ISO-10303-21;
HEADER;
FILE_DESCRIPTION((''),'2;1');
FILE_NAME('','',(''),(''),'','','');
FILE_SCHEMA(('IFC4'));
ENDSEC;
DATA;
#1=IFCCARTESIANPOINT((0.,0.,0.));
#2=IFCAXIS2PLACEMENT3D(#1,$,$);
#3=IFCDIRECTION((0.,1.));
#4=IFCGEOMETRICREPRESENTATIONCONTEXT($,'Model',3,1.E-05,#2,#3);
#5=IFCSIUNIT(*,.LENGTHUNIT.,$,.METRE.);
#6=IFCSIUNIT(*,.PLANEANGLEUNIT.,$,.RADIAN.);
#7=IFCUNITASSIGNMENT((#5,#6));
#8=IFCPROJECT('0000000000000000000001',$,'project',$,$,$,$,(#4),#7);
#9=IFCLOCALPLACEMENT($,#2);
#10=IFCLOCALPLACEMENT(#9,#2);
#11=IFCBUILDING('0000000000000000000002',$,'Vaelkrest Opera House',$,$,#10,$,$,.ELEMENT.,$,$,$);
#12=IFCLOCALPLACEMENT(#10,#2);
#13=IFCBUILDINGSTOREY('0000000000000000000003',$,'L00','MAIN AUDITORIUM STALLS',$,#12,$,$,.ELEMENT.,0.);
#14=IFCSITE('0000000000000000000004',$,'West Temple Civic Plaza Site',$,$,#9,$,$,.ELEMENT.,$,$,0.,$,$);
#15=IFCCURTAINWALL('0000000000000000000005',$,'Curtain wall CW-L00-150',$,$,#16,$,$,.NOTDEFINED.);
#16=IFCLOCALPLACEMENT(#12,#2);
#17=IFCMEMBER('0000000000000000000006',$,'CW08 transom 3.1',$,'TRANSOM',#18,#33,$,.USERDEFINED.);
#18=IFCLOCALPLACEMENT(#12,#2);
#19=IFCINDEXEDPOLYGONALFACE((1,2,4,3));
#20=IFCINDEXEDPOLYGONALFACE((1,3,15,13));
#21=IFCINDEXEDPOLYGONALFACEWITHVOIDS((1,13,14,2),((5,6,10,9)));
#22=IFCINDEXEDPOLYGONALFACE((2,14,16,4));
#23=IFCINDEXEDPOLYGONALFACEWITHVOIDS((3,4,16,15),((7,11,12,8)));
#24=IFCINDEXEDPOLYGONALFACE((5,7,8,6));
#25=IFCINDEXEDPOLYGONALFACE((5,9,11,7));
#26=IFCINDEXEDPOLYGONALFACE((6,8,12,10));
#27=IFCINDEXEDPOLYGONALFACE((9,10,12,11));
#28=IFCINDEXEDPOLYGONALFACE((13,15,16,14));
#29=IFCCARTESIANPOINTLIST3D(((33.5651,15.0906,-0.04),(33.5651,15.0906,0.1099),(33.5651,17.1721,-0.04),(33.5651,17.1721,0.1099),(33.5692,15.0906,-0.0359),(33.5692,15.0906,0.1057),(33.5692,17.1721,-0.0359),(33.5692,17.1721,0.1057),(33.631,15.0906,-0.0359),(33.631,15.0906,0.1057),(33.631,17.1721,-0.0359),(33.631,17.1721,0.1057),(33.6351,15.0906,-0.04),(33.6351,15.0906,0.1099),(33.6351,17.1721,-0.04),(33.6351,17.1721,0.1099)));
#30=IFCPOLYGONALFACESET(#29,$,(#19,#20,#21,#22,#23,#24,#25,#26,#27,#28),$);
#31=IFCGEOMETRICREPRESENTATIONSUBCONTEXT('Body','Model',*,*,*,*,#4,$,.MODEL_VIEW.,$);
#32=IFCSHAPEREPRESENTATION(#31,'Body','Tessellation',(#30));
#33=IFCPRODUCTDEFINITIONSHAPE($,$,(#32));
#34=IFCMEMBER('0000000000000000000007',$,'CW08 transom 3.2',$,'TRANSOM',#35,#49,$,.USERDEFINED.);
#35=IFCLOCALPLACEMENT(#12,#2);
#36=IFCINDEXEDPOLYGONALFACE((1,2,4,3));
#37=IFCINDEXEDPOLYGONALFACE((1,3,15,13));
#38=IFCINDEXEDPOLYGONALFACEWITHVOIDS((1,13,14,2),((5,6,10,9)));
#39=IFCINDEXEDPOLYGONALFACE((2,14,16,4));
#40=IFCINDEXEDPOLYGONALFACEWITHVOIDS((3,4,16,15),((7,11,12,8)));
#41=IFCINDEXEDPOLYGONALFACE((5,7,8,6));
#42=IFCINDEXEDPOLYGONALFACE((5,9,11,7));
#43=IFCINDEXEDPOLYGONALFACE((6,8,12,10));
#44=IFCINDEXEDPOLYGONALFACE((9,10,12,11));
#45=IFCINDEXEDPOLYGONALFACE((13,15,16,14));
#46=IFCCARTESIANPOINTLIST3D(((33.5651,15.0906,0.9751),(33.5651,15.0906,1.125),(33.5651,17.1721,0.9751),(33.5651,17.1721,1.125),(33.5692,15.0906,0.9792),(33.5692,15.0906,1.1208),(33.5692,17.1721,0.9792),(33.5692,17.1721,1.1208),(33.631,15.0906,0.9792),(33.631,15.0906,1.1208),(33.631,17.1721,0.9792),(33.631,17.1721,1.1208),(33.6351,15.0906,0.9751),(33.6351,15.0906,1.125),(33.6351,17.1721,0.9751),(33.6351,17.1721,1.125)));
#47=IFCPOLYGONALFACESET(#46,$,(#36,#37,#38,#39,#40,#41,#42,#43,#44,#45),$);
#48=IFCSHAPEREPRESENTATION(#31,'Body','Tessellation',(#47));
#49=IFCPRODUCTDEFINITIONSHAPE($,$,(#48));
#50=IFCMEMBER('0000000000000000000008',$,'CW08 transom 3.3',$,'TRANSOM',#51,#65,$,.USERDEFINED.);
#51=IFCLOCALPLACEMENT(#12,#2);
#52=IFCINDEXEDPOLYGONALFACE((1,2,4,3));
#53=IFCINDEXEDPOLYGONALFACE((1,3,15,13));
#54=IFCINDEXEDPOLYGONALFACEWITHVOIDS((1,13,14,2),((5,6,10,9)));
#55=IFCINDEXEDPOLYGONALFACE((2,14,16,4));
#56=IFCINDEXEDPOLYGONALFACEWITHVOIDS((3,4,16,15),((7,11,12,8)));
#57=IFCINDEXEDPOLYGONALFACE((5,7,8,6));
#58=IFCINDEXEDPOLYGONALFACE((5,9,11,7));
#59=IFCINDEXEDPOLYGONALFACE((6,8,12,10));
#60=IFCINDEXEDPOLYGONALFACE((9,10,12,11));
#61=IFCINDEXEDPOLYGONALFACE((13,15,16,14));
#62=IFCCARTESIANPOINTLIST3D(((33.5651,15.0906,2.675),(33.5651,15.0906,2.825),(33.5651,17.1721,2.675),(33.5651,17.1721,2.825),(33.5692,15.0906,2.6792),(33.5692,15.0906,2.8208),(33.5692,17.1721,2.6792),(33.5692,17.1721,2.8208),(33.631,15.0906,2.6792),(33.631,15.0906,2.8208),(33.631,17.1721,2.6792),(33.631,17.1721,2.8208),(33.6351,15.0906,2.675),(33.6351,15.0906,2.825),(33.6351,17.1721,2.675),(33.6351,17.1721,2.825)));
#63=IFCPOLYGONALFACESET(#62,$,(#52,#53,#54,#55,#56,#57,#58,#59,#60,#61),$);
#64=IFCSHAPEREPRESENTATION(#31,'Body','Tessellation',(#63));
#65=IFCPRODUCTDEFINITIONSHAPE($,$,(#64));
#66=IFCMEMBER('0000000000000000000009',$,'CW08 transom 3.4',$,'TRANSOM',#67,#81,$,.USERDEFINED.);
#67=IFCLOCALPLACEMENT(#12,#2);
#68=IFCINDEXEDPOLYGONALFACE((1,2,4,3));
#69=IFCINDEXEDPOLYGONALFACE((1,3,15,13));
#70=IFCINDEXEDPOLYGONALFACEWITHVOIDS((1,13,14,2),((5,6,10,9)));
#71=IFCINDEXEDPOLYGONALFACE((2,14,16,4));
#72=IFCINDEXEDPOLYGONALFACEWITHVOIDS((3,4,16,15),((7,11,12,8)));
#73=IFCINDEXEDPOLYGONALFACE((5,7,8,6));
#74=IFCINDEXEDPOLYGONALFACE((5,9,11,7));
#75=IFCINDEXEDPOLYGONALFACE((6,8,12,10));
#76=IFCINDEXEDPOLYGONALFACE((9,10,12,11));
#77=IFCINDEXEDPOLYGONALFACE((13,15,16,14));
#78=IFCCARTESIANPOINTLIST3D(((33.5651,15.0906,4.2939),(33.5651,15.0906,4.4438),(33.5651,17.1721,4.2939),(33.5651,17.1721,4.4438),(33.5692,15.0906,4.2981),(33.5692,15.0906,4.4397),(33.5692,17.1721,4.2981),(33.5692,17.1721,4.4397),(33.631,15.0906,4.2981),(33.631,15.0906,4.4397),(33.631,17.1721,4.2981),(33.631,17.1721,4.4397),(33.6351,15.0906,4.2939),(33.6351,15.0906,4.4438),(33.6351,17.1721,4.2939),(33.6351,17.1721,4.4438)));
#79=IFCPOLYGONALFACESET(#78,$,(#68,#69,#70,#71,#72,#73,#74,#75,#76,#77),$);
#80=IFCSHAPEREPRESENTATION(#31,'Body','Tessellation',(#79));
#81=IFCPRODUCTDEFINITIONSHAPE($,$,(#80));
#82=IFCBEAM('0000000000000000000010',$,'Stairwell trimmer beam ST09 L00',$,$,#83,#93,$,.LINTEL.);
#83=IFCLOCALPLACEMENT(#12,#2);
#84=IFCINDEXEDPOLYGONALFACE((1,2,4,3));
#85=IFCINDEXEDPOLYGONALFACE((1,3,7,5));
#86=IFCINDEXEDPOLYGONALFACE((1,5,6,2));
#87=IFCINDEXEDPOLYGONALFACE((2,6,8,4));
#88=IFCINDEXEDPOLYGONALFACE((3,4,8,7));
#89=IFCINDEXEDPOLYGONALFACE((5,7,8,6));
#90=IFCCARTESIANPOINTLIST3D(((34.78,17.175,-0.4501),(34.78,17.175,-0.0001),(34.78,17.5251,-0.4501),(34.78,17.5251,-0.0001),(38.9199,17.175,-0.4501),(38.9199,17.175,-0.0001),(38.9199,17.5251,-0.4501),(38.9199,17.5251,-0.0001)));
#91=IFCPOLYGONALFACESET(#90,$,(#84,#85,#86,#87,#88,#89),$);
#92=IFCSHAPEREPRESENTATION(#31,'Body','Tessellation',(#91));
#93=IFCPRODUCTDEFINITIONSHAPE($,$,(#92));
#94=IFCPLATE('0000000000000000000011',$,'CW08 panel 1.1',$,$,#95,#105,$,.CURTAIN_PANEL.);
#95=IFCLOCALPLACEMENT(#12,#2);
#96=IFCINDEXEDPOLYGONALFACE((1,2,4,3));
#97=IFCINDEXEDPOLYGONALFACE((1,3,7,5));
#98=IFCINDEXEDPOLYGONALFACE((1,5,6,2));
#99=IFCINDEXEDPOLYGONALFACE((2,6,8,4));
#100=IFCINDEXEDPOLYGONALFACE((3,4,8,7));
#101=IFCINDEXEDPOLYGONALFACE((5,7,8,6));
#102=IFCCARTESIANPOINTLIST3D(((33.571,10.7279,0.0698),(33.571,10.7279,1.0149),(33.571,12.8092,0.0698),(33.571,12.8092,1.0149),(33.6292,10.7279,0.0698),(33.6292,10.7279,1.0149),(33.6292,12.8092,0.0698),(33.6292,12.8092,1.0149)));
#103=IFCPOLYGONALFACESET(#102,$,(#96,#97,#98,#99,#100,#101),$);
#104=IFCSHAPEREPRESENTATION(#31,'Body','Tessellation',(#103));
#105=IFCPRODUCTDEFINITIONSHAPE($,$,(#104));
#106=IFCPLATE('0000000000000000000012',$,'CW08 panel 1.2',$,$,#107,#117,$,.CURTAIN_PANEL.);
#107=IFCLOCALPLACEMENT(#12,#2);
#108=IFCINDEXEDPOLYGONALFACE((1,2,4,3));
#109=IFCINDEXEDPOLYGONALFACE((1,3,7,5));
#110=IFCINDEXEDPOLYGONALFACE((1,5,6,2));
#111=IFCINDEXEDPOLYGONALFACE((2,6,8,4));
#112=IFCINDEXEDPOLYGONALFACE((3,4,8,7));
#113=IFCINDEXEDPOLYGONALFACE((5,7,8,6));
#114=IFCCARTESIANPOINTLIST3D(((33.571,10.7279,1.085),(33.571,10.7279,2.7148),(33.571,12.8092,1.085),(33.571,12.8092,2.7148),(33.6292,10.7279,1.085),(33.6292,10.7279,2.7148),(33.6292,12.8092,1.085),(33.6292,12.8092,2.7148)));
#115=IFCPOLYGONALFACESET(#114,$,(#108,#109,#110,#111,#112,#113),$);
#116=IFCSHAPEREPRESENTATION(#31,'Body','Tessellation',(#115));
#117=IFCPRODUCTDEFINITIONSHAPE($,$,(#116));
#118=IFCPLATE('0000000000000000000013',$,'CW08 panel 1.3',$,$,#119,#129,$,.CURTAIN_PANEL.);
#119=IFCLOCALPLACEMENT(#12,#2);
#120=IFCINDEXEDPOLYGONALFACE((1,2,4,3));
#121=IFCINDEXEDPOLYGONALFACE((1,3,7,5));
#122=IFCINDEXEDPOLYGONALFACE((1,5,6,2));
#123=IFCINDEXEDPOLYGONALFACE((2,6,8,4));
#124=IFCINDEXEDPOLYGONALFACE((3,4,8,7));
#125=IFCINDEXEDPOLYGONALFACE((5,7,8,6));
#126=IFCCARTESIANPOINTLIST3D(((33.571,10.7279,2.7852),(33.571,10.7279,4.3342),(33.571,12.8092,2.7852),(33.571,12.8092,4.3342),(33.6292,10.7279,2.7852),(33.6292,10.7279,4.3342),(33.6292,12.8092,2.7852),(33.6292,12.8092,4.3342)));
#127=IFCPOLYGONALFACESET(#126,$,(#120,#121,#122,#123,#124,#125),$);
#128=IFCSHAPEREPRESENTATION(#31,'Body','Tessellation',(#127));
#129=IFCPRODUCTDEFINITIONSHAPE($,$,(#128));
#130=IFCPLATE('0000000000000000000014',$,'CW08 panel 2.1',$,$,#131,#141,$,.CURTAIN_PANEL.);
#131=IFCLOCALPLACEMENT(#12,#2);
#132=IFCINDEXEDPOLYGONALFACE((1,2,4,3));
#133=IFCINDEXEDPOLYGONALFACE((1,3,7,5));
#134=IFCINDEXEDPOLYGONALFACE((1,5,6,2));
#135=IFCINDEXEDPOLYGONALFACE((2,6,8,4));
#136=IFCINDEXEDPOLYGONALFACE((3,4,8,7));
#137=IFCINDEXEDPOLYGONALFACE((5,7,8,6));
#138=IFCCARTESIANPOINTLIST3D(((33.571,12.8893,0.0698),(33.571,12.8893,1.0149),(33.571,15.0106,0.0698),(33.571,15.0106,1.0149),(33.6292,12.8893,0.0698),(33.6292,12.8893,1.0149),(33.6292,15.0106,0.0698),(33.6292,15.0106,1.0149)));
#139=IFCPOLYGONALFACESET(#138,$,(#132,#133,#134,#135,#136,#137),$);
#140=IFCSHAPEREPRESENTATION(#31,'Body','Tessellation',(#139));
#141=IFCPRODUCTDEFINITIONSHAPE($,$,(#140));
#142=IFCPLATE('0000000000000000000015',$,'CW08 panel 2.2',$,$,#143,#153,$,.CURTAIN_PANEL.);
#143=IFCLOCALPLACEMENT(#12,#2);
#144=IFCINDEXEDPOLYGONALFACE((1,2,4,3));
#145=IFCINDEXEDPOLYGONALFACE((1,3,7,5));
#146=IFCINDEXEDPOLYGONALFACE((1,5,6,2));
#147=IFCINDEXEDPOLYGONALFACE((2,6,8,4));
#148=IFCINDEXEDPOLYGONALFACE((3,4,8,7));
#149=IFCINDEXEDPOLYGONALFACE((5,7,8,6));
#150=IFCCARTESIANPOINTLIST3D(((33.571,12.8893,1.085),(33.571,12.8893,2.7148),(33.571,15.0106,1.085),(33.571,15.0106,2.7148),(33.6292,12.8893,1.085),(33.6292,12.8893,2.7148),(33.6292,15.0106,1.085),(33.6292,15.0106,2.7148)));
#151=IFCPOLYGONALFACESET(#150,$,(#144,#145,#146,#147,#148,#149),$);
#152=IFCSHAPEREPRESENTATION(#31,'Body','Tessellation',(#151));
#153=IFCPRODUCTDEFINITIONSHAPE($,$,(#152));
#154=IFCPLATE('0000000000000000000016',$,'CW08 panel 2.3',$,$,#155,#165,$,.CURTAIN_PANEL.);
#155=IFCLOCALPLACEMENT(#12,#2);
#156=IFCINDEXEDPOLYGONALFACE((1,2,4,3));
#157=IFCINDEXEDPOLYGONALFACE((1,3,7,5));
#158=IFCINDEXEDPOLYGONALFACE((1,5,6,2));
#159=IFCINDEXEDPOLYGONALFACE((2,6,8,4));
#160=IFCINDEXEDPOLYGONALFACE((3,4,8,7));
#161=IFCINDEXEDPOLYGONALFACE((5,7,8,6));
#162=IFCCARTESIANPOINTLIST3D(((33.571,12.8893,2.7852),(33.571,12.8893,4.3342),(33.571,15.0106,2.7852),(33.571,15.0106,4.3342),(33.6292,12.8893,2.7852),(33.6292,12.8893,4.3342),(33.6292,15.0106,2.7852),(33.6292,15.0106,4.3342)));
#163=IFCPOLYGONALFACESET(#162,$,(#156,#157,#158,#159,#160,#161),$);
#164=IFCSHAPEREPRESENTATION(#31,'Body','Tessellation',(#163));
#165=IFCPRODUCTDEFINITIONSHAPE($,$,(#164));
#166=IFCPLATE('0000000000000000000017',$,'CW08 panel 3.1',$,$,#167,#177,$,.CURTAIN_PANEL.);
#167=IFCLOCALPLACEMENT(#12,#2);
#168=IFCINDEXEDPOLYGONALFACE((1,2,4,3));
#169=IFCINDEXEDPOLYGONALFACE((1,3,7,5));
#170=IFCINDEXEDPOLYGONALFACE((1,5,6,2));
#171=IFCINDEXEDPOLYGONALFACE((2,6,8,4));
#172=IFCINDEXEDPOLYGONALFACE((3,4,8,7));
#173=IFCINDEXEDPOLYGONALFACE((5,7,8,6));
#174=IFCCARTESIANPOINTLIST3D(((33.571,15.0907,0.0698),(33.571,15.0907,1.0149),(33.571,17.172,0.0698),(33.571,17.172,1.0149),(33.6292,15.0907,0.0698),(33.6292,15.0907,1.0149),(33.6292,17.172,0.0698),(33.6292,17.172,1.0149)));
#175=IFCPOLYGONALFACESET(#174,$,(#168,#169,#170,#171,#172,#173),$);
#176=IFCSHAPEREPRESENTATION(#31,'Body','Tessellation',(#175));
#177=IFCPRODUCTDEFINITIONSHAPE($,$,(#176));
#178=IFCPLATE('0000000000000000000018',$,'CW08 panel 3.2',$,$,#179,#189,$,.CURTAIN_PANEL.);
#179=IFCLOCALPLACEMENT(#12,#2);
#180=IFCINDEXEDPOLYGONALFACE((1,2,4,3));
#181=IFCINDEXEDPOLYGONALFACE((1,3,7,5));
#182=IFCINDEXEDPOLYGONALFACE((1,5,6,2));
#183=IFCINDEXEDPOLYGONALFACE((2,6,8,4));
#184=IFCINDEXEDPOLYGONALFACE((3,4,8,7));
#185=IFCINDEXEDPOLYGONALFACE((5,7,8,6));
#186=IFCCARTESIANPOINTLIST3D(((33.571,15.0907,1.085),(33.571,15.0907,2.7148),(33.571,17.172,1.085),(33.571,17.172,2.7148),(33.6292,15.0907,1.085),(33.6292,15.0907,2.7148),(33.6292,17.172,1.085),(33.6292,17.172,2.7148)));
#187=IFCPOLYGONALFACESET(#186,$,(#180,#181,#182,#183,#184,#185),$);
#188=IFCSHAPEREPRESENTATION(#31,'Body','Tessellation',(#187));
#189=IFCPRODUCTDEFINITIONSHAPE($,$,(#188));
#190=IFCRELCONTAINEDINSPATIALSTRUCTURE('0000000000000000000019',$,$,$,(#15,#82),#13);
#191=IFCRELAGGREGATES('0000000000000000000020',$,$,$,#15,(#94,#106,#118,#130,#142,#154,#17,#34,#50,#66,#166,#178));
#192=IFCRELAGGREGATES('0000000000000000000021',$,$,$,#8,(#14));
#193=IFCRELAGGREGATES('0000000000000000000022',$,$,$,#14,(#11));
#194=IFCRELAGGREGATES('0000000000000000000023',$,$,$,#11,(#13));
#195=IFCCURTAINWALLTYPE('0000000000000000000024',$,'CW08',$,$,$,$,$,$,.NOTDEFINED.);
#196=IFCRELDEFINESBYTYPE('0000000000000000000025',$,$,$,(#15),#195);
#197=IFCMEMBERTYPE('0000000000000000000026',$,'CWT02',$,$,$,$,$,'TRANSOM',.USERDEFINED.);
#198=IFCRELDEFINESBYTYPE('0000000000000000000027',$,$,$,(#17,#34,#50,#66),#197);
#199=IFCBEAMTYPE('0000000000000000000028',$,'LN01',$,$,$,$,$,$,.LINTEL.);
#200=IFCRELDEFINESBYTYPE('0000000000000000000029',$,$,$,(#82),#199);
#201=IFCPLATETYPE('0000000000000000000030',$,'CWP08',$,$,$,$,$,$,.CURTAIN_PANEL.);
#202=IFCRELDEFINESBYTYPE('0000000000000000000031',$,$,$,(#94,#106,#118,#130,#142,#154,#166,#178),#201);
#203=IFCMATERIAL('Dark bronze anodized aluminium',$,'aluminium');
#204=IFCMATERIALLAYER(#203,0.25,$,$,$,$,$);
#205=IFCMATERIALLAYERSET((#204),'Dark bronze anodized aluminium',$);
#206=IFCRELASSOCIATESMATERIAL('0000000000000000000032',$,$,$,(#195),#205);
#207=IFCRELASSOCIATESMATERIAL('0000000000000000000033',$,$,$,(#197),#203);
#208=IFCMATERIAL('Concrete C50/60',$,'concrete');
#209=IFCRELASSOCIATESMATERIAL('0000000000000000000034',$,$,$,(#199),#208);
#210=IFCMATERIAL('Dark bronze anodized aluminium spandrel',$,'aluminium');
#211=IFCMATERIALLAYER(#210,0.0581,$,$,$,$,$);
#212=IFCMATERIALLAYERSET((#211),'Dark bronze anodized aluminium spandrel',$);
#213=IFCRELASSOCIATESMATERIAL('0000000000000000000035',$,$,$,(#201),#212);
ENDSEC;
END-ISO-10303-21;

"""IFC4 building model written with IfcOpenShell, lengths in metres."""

from ifc_helpers import new_model, si_unit, direction, frame, origin, origin_2d, place, context, subcontext, project, spatial, rectangle, hollow_rectangle, extrude, material, layer, layer_set, material_profile, profile_set, type_object, element, aggregate, save


model = new_model("IFC4")

# Units and contexts
model_context = context("Model", 3, precision=1e-05, world=origin(), true_north=direction((0.0, 1.0)))
body_context = subcontext(model_context, "Body", "Model", "MODEL_VIEW")
ifc_project = project(units=[si_unit("LENGTHUNIT", "METRE"), si_unit("PLANEANGLEUNIT", "RADIAN")], contexts=[model_context])

# Site, building, storey
site_placement = place(None, origin())
site = spatial("IfcSite", under=ifc_project, at=site_placement, Name="West Temple Civic Plaza Site", CompositionType="ELEMENT", RefElevation=0.0)
building_placement = place(site_placement, origin())
building = spatial("IfcBuilding", under=site, at=building_placement, Name="Vaelkrest Opera House", CompositionType="ELEMENT")
storey_placement = place(building_placement, origin())
storey = spatial("IfcBuildingStorey", under=building, at=storey_placement, Name="L00", Description="MAIN AUDITORIUM STALLS", CompositionType="ELEMENT", Elevation=0.0)

# Shared definitions
ifc_material_1 = material(Name="Concrete C50/60", Category="concrete")

# Curtain wall, members
ifc_material_2 = material(Name="Dark bronze anodized aluminium", Category="aluminium")
ifc_layer_1 = layer(ifc_material_2, 0.25)
ifc_layer_set_1 = layer_set([ifc_layer_1], Name="Dark bronze anodized aluminium")
curtain_wall_type = type_object("IfcCurtainWallType", Name="CW08", PredefinedType="NOTDEFINED", material=ifc_layer_set_1)
curtain_wall_placement = place(storey_placement, origin())
curtain_wall = element("IfcCurtainWall", 1, at=curtain_wall_placement, inside=storey, type_object=curtain_wall_type, Name="Curtain wall CW-L00-150", PredefinedType="NOTDEFINED")
ifc_material_profile_1 = material_profile(ifc_material_2, hollow_rectangle(XDim=0.0701, YDim=0.1499, WallThickness=0.0042, at=origin_2d()), Name="CWT70X150")
ifc_profile_set_1 = profile_set([ifc_material_profile_1], Name="Dark bronze anodized aluminium")
member_type_1 = type_object("IfcMemberType", Name="CWT02", ElementType="TRANSOM", PredefinedType="USERDEFINED", material=ifc_profile_set_1)
member_1_placement = place(storey_placement, frame((33.6001, 15.0906, 0.0349), z_axis=(0.0, 1.0, 0.0), x_axis=(-1.0, 0.0, 0.0)))
member_1 = element("IfcMember", 2, at=member_1_placement, type_object=member_type_1, Name="CW08 transom 3.1", ObjectType="TRANSOM", PredefinedType="USERDEFINED", context=body_context, shape_type="SweptSolid", body=[
    extrude(hollow_rectangle(XDim=0.0701, YDim=0.1499, WallThickness=0.0042, at=origin_2d()), origin(), (0.0, 0.0, 1.0), 2.0815),
])
member_2_placement = place(storey_placement, frame((33.6001, 15.0906, 1.05), z_axis=(0.0, 1.0, 0.0), x_axis=(-1.0, 0.0, 0.0)))
member_2 = element("IfcMember", 3, at=member_2_placement, type_object=member_type_1, Name="CW08 transom 3.2", ObjectType="TRANSOM", PredefinedType="USERDEFINED", context=body_context, shape_type="SweptSolid", body=[
    extrude(hollow_rectangle(XDim=0.0701, YDim=0.1499, WallThickness=0.0042, at=origin_2d()), origin(), (0.0, 0.0, 1.0), 2.0815),
])
member_3_placement = place(storey_placement, frame((33.6001, 15.0906, 2.75), z_axis=(0.0, 1.0, 0.0), x_axis=(-1.0, 0.0, 0.0)))
member_3 = element("IfcMember", 4, at=member_3_placement, type_object=member_type_1, Name="CW08 transom 3.3", ObjectType="TRANSOM", PredefinedType="USERDEFINED", context=body_context, shape_type="SweptSolid", body=[
    extrude(hollow_rectangle(XDim=0.0701, YDim=0.1499, WallThickness=0.0042, at=origin_2d()), origin(), (0.0, 0.0, 1.0), 2.0815),
])
member_4_placement = place(storey_placement, frame((33.6001, 15.0906, 4.3689), z_axis=(0.0, 1.0, 0.0), x_axis=(-1.0, 0.0, 0.0)))
member_4 = element("IfcMember", 5, at=member_4_placement, type_object=member_type_1, Name="CW08 transom 3.4", ObjectType="TRANSOM", PredefinedType="USERDEFINED", context=body_context, shape_type="SweptSolid", body=[
    extrude(hollow_rectangle(XDim=0.0701, YDim=0.1499, WallThickness=0.0042, at=origin_2d()), origin(), (0.0, 0.0, 1.0), 2.0815),
])

# Beam
ifc_material_profile_2 = material_profile(ifc_material_1, rectangle(XDim=0.3501, YDim=0.45, at=origin_2d()), Name="RCB350X450")
ifc_profile_set_2 = profile_set([ifc_material_profile_2], Name="Concrete C50/60")
beam_type_1 = type_object("IfcBeamType", Name="LN01", PredefinedType="LINTEL", material=ifc_profile_set_2)
beam_1_placement = place(storey_placement, frame((34.78, 17.3501, -0.2251), z_axis=(1.0, 0.0, 0.0), x_axis=(0.0, 1.0, 0.0)))
element("IfcBeam", 6, at=beam_1_placement, inside=storey, type_object=beam_type_1, Name="Stairwell trimmer beam ST09 L00", PredefinedType="LINTEL", context=body_context, shape_type="SweptSolid", body=[
    extrude(rectangle(XDim=0.3501, YDim=0.45, at=origin_2d()), origin(), (0.0, 0.0, 1.0), 4.1399),
])

# Plates
ifc_material_3 = material(Name="Dark bronze anodized aluminium spandrel", Category="aluminium")
ifc_layer_2 = layer(ifc_material_3, 0.0581)
ifc_layer_set_2 = layer_set([ifc_layer_2], Name="Dark bronze anodized aluminium spandrel")
plate_type = type_object("IfcPlateType", Name="CWP08", PredefinedType="CURTAIN_PANEL", material=ifc_layer_set_2)
plate_1_placement = place(storey_placement, frame((33.6001, 11.7686, 0.0698), z_axis=(0.0, 0.0, 1.0), x_axis=(0.0, 1.0, 0.0)))
plate_1 = element("IfcPlate", 7, at=plate_1_placement, type_object=plate_type, Name="CW08 panel 1.1", PredefinedType="CURTAIN_PANEL", context=body_context, shape_type="SweptSolid", body=[
    extrude(rectangle(XDim=2.0813, YDim=0.0581, at=origin_2d()), origin(), (0.0, 0.0, 1.0), 0.9451),
])
plate_2_placement = place(storey_placement, frame((33.6001, 11.7686, 1.085), z_axis=(0.0, 0.0, 1.0), x_axis=(0.0, 1.0, 0.0)))
plate_2 = element("IfcPlate", 8, at=plate_2_placement, type_object=plate_type, Name="CW08 panel 1.2", PredefinedType="CURTAIN_PANEL", context=body_context, shape_type="SweptSolid", body=[
    extrude(rectangle(XDim=2.0813, YDim=0.0581, at=origin_2d()), origin(), (0.0, 0.0, 1.0), 1.6299),
])
plate_3_placement = place(storey_placement, frame((33.6001, 11.7686, 2.7852), z_axis=(0.0, 0.0, 1.0), x_axis=(0.0, 1.0, 0.0)))
plate_3 = element("IfcPlate", 9, at=plate_3_placement, type_object=plate_type, Name="CW08 panel 1.3", PredefinedType="CURTAIN_PANEL", context=body_context, shape_type="SweptSolid", body=[
    extrude(rectangle(XDim=2.0813, YDim=0.0581, at=origin_2d()), origin(), (0.0, 0.0, 1.0), 1.5491),
])
plate_4_placement = place(storey_placement, frame((33.6001, 13.95, 0.0698), z_axis=(0.0, 0.0, 1.0), x_axis=(0.0, 1.0, 0.0)))
plate_4 = element("IfcPlate", 10, at=plate_4_placement, type_object=plate_type, Name="CW08 panel 2.1", PredefinedType="CURTAIN_PANEL", context=body_context, shape_type="SweptSolid", body=[
    extrude(rectangle(XDim=2.1213, YDim=0.0581, at=origin_2d()), origin(), (0.0, 0.0, 1.0), 0.9451),
])
plate_5_placement = place(storey_placement, frame((33.6001, 13.95, 1.085), z_axis=(0.0, 0.0, 1.0), x_axis=(0.0, 1.0, 0.0)))
plate_5 = element("IfcPlate", 11, at=plate_5_placement, type_object=plate_type, Name="CW08 panel 2.2", PredefinedType="CURTAIN_PANEL", context=body_context, shape_type="SweptSolid", body=[
    extrude(rectangle(XDim=2.1213, YDim=0.0581, at=origin_2d()), origin(), (0.0, 0.0, 1.0), 1.6299),
])
plate_6_placement = place(storey_placement, frame((33.6001, 13.95, 2.7852), z_axis=(0.0, 0.0, 1.0), x_axis=(0.0, 1.0, 0.0)))
plate_6 = element("IfcPlate", 12, at=plate_6_placement, type_object=plate_type, Name="CW08 panel 2.3", PredefinedType="CURTAIN_PANEL", context=body_context, shape_type="SweptSolid", body=[
    extrude(rectangle(XDim=2.1213, YDim=0.0581, at=origin_2d()), origin(), (0.0, 0.0, 1.0), 1.5491),
])
plate_7_placement = place(storey_placement, frame((33.6001, 16.1313, 0.0698), z_axis=(0.0, 0.0, 1.0), x_axis=(0.0, 1.0, 0.0)))
plate_7 = element("IfcPlate", 13, at=plate_7_placement, type_object=plate_type, Name="CW08 panel 3.1", PredefinedType="CURTAIN_PANEL", context=body_context, shape_type="SweptSolid", body=[
    extrude(rectangle(XDim=2.0813, YDim=0.0581, at=origin_2d()), origin(), (0.0, 0.0, 1.0), 0.9451),
])
plate_8_placement = place(storey_placement, frame((33.6001, 16.1313, 1.085), z_axis=(0.0, 0.0, 1.0), x_axis=(0.0, 1.0, 0.0)))
plate_8 = element("IfcPlate", 14, at=plate_8_placement, type_object=plate_type, Name="CW08 panel 3.2", PredefinedType="CURTAIN_PANEL", context=body_context, shape_type="SweptSolid", body=[
    extrude(rectangle(XDim=2.0813, YDim=0.0581, at=origin_2d()), origin(), (0.0, 0.0, 1.0), 1.6299),
])
aggregate(curtain_wall, [plate_1, plate_2, plate_3, plate_4, plate_5, plate_6, member_1, member_2, member_3, member_4, plate_7, plate_8])

save(model, "model.ifc")
